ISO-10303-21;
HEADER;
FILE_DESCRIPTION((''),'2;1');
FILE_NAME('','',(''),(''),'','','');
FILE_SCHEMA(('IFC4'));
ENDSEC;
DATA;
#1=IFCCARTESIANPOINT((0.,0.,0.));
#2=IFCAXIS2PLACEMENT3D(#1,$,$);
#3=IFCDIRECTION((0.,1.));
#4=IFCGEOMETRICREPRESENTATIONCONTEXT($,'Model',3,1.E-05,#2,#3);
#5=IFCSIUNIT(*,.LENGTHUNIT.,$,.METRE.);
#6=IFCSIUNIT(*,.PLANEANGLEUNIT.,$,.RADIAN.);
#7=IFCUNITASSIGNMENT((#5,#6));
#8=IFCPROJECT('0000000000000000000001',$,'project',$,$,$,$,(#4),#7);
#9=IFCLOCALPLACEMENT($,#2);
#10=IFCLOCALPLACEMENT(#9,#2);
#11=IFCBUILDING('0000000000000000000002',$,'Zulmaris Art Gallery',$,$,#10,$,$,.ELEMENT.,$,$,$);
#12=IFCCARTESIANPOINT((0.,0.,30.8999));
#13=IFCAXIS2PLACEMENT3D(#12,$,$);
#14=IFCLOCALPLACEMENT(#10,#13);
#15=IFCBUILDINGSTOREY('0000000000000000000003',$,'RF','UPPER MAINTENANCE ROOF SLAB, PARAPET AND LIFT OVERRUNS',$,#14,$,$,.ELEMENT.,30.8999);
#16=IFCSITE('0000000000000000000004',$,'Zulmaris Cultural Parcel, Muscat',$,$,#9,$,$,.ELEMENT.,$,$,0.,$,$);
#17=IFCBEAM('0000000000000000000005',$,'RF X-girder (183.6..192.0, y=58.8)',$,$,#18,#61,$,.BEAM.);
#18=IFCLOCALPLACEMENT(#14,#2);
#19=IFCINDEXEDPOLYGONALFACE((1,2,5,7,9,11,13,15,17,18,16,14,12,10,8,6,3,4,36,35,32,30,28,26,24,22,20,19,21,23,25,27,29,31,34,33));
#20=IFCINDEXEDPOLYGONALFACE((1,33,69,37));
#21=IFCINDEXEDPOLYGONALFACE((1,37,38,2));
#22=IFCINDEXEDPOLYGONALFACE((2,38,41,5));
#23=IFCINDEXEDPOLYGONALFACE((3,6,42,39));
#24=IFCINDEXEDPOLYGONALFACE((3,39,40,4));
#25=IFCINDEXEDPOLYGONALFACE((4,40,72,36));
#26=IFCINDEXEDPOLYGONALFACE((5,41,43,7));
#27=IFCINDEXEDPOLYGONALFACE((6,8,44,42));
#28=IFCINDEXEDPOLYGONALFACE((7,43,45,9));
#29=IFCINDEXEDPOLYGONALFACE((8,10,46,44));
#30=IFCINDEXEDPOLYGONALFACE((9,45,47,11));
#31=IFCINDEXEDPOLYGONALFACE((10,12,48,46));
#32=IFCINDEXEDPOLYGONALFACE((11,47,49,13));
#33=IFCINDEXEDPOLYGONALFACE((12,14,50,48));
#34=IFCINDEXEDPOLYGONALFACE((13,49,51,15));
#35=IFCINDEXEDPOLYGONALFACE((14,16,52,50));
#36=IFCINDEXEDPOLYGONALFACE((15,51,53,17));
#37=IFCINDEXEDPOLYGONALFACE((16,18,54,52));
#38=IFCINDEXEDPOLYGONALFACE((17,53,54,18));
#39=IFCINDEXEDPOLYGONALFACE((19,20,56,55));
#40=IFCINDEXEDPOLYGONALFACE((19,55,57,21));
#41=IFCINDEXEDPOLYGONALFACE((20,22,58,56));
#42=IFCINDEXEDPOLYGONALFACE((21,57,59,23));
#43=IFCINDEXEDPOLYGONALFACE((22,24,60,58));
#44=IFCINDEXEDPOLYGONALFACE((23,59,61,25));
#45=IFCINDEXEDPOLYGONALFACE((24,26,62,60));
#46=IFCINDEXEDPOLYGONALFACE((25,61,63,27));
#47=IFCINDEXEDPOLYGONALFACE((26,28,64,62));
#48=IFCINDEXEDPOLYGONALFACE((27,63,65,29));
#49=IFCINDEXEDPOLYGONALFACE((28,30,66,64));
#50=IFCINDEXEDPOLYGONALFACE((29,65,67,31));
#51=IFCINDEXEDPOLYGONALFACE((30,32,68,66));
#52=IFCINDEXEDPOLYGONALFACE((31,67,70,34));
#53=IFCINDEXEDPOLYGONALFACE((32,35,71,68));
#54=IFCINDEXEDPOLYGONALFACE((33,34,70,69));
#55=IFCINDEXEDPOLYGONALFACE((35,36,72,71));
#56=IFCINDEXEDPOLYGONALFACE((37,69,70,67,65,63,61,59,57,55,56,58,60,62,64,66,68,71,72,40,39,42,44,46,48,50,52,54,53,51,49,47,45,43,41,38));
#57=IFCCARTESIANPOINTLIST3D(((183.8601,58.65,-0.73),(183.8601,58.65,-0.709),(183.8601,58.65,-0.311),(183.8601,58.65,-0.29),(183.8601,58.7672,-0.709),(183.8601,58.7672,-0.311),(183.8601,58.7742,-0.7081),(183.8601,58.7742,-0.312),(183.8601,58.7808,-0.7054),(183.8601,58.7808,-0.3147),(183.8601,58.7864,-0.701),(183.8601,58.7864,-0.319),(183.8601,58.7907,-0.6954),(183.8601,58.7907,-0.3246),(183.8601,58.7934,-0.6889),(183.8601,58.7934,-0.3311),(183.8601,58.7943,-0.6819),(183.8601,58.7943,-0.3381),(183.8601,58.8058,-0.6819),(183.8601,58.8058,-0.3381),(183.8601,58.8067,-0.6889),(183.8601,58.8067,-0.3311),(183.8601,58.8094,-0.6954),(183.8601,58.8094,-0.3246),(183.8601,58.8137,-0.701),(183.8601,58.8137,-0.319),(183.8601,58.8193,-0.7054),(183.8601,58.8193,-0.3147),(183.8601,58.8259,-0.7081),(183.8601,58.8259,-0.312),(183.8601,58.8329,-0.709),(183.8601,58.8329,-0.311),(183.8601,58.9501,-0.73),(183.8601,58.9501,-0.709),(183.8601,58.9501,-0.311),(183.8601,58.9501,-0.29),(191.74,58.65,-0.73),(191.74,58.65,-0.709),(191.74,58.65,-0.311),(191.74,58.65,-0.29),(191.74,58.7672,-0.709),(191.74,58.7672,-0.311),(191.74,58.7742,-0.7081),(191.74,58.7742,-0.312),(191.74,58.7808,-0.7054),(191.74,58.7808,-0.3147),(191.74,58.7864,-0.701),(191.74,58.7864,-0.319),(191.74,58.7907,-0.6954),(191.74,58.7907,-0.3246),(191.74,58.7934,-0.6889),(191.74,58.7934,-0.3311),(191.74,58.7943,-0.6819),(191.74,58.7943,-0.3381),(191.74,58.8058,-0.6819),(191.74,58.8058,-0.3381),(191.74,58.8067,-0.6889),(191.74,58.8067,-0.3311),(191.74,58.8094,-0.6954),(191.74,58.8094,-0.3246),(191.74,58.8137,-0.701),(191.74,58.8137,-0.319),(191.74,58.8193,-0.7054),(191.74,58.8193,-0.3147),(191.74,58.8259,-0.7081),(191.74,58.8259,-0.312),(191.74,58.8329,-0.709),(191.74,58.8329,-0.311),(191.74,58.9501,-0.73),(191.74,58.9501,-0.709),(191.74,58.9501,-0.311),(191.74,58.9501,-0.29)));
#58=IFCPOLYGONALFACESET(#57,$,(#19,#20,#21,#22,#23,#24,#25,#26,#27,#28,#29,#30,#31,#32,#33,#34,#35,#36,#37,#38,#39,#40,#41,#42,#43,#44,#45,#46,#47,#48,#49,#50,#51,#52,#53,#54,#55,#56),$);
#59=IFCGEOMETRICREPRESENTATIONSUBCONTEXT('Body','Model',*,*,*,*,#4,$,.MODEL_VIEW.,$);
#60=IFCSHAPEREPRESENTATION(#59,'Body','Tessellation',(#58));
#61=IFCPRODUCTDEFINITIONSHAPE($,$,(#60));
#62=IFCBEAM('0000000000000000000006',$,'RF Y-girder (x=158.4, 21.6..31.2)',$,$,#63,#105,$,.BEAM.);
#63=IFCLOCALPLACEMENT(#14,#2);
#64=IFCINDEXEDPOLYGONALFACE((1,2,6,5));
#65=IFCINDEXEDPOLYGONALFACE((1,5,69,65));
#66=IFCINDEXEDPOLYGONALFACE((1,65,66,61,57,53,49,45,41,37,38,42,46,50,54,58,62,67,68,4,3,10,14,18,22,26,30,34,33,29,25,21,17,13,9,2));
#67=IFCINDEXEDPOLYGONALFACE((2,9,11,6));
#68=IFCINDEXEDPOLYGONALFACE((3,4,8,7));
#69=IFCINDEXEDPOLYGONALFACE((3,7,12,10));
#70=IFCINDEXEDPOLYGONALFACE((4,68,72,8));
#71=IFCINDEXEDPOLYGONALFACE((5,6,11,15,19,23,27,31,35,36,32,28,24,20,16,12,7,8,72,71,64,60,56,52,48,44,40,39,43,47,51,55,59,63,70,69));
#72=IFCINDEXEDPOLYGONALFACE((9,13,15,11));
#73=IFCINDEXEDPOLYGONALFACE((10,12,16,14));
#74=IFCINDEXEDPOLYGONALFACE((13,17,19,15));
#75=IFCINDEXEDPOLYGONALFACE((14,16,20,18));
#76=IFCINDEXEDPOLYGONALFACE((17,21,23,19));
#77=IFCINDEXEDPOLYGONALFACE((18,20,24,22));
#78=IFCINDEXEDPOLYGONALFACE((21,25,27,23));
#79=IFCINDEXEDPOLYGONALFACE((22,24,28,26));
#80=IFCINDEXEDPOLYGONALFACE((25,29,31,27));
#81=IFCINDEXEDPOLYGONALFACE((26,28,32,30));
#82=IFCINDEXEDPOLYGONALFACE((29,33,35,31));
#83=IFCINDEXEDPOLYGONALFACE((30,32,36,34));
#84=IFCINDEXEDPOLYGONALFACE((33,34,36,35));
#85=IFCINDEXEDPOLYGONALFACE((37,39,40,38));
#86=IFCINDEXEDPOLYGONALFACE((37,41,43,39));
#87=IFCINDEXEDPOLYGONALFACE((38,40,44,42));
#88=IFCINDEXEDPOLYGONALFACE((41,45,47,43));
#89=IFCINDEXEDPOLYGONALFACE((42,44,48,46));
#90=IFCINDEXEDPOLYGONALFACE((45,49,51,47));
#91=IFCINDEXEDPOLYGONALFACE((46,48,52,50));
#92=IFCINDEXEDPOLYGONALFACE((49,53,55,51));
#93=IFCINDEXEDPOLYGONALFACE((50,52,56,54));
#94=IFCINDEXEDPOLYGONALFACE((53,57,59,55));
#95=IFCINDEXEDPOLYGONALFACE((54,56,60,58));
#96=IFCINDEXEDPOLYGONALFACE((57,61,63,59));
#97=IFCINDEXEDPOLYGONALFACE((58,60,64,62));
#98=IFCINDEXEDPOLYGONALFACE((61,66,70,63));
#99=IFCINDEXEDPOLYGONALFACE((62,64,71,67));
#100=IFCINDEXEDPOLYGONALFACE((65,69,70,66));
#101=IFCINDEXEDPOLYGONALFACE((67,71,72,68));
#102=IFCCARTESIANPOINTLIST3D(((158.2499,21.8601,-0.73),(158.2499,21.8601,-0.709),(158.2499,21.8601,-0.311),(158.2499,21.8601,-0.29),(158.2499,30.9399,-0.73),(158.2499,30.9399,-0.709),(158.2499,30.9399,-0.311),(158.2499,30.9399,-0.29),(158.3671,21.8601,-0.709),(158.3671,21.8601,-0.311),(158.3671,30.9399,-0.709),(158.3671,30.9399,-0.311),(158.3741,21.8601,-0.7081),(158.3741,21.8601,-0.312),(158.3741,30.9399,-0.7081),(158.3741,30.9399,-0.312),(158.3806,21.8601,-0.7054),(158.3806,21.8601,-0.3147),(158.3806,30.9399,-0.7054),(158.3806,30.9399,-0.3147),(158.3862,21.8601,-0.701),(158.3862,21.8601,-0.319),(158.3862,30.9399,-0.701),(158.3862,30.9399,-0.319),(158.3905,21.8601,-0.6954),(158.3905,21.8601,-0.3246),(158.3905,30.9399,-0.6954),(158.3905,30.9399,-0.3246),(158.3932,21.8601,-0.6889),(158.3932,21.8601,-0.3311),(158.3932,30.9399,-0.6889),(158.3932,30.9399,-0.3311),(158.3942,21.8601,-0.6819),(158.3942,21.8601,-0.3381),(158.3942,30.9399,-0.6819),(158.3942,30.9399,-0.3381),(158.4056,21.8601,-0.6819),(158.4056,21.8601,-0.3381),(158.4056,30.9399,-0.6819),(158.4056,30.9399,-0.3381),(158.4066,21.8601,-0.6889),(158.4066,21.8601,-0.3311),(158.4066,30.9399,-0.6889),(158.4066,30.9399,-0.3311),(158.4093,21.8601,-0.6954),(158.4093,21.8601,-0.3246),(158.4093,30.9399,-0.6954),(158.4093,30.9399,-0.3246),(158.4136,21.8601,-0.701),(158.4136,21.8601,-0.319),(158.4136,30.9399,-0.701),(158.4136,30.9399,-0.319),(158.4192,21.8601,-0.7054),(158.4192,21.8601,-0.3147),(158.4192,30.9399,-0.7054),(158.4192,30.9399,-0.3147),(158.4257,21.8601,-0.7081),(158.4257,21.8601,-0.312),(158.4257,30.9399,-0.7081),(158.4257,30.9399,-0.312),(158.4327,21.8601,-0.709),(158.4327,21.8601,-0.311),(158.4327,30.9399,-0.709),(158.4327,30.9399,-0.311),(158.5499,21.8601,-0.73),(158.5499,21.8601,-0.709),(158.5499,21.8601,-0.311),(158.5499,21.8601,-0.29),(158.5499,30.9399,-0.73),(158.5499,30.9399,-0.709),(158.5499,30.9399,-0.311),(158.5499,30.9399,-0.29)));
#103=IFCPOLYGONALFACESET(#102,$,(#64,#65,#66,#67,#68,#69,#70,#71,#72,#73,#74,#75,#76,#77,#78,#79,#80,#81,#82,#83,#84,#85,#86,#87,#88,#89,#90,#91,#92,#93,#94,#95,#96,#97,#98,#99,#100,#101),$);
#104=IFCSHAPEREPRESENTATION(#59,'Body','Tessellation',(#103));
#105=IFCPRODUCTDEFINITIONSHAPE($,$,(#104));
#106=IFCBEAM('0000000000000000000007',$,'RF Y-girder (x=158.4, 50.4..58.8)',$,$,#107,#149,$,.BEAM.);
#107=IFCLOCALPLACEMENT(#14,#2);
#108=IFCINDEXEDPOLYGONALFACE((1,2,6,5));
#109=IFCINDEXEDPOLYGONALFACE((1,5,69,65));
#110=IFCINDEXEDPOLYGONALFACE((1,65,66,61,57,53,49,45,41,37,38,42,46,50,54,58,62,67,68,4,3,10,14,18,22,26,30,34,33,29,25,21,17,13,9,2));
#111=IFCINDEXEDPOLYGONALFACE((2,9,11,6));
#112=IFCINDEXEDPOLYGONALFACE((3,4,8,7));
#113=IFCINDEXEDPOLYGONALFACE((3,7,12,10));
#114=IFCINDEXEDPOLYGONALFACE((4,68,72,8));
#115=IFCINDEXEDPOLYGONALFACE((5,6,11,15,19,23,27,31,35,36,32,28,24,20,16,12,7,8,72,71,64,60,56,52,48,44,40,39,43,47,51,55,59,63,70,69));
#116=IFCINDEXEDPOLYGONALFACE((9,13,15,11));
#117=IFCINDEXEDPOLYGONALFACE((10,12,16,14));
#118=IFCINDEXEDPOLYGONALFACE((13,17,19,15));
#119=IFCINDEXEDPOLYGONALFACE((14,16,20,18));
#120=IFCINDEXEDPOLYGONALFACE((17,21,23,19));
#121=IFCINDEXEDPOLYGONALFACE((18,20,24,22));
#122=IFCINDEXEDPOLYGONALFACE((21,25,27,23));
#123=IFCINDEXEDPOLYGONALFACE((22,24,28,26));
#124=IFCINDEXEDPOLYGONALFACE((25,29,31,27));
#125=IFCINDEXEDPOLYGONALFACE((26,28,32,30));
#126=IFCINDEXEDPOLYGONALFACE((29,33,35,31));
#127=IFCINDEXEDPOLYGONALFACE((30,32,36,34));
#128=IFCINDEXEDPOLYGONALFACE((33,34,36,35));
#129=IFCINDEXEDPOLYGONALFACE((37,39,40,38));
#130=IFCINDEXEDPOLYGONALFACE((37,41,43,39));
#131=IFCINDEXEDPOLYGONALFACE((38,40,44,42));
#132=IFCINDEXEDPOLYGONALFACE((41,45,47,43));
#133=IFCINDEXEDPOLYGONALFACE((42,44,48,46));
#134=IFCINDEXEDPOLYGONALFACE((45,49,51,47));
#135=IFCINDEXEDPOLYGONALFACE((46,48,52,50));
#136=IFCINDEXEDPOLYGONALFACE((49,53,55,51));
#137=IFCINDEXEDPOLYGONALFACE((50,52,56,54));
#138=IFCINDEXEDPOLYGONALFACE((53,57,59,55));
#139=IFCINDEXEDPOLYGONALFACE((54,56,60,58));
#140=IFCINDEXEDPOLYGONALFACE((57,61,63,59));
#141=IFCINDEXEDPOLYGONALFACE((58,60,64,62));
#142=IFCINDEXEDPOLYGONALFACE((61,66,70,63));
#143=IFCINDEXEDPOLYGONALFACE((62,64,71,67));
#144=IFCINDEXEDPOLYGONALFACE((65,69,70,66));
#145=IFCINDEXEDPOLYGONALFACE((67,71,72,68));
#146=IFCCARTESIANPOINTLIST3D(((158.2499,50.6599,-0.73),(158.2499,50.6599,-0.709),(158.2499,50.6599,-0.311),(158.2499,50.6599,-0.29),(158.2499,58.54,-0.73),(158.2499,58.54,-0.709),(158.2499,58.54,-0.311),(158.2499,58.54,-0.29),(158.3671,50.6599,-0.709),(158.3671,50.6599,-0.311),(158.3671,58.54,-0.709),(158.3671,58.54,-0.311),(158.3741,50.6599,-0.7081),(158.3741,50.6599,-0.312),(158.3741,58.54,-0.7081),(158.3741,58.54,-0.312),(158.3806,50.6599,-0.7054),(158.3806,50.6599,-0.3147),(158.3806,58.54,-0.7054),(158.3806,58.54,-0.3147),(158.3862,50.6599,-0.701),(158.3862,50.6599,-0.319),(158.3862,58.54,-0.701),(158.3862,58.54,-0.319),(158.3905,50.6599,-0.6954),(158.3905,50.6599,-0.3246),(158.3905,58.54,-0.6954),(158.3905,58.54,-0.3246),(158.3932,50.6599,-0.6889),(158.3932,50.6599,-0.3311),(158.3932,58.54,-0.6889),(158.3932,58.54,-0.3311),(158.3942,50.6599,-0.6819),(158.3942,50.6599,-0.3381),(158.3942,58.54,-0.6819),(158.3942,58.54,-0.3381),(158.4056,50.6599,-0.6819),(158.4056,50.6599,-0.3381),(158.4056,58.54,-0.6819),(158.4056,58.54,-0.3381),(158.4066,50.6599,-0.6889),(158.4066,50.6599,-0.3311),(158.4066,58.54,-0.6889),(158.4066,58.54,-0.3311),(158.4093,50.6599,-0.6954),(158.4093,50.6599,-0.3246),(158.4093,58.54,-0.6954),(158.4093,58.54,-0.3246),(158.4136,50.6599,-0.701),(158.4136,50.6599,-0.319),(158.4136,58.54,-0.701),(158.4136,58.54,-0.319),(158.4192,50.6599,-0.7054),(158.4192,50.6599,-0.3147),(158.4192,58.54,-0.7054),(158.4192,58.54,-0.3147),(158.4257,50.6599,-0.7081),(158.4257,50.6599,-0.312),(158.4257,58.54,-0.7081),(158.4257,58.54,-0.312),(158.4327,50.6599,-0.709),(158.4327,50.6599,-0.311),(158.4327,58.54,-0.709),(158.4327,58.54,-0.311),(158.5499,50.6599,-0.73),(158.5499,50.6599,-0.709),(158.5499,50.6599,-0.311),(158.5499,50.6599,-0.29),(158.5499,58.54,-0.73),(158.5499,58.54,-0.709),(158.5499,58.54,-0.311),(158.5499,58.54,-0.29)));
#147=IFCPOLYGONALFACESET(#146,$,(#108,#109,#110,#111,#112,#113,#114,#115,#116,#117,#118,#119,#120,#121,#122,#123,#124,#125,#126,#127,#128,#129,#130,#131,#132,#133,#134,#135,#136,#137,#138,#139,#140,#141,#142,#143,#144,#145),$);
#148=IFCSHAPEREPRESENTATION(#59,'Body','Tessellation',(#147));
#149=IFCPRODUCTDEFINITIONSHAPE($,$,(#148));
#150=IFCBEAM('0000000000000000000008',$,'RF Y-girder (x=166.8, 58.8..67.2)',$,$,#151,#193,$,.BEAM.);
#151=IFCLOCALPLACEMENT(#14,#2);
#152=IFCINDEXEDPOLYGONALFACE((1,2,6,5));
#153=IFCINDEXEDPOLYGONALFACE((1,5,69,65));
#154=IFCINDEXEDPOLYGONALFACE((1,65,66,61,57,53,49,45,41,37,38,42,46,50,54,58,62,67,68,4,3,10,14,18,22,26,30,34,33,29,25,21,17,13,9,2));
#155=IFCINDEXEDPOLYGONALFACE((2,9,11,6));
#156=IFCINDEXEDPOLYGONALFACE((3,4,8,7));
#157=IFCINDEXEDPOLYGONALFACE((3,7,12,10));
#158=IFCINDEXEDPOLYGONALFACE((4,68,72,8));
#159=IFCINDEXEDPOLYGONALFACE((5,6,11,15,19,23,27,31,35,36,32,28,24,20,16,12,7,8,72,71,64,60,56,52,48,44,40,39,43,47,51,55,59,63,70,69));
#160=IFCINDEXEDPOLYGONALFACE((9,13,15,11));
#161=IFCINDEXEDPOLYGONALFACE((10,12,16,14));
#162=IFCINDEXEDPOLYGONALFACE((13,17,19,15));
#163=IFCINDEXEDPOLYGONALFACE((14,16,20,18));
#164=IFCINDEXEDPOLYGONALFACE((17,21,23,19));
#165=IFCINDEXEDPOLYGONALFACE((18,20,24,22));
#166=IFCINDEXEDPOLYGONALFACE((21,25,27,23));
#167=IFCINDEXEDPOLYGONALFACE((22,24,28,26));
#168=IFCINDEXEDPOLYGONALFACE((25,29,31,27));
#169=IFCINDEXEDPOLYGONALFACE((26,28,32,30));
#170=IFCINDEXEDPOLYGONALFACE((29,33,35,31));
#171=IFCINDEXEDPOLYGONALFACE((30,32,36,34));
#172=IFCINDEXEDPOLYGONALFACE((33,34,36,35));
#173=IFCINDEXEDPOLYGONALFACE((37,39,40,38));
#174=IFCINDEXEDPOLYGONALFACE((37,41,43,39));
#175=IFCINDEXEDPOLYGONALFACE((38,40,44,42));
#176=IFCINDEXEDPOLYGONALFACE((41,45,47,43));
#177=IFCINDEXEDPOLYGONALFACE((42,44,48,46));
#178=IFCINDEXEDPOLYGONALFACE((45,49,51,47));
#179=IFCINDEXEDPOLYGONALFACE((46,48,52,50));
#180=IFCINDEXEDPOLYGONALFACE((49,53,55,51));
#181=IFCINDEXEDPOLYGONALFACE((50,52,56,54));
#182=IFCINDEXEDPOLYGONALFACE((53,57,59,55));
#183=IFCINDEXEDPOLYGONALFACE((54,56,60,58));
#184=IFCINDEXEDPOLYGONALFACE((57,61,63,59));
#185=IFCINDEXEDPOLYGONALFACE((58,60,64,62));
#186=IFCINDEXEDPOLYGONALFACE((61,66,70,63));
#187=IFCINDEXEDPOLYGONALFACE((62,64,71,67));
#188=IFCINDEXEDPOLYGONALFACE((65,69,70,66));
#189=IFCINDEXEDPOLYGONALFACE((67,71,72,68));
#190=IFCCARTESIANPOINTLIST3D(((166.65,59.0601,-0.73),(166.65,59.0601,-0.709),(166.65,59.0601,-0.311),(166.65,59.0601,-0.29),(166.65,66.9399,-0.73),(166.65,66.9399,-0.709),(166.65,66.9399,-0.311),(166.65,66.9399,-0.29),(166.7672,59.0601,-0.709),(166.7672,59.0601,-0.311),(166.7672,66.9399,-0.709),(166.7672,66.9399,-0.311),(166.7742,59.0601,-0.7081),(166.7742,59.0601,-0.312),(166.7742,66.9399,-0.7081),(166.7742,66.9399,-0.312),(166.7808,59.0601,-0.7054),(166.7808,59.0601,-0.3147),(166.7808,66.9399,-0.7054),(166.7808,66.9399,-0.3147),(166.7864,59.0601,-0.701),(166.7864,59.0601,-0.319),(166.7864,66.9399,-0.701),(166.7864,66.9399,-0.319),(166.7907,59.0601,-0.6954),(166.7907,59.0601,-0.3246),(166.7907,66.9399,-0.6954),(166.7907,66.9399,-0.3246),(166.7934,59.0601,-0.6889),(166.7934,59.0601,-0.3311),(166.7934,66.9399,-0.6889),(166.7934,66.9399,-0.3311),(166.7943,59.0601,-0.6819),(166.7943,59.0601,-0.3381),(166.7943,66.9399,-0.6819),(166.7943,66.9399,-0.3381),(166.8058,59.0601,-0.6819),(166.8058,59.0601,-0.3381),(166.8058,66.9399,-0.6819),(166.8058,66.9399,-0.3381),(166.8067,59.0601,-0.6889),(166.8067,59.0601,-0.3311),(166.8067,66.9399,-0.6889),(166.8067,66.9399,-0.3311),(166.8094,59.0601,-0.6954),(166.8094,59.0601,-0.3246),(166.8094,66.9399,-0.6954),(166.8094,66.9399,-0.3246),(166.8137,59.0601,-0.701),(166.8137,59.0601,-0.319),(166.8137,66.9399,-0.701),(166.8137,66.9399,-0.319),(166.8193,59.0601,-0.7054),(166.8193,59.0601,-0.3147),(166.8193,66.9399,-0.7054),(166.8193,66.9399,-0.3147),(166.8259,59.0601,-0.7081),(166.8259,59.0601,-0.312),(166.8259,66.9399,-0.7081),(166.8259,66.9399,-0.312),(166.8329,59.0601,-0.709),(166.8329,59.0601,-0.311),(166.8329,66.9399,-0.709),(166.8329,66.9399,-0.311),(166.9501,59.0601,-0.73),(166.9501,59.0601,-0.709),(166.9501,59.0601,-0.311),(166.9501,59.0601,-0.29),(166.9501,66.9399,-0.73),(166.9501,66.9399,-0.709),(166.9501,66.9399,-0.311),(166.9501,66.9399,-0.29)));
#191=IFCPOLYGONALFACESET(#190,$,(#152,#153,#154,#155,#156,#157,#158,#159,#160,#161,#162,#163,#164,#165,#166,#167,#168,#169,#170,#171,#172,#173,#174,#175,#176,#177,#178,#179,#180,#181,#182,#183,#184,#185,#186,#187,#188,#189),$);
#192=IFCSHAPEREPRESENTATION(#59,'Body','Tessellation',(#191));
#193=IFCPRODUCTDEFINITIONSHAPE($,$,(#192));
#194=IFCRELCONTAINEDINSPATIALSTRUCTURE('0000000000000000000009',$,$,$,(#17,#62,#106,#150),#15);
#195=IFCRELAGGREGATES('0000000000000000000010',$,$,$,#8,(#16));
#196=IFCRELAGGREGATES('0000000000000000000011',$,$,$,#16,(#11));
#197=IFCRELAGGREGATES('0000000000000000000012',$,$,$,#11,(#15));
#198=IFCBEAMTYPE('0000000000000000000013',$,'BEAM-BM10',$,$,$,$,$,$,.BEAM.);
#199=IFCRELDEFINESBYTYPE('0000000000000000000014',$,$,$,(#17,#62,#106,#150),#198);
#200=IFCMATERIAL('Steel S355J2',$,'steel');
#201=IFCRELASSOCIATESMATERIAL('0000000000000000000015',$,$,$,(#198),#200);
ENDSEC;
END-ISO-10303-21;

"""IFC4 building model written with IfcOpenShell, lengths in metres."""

from ifc_helpers import new_model, si_unit, direction, frame, origin, origin_2d, place, context, subcontext, project, spatial, i_section, extrude, material, material_profile, profile_set, type_object, element, save


model = new_model("IFC4")

# Units and contexts
model_context = context("Model", 3, precision=1e-05, world=origin(), true_north=direction((0.0, 1.0)))
body_context = subcontext(model_context, "Body", "Model", "MODEL_VIEW")
ifc_project = project(units=[si_unit("LENGTHUNIT", "METRE"), si_unit("PLANEANGLEUNIT", "RADIAN")], contexts=[model_context])

# Site, building, storey
site_placement = place(None, origin())
site = spatial("IfcSite", under=ifc_project, at=site_placement, Name="Zulmaris Cultural Parcel, Muscat", CompositionType="ELEMENT", RefElevation=0.0)
building_placement = place(site_placement, origin())
building = spatial("IfcBuilding", under=site, at=building_placement, Name="Zulmaris Art Gallery", CompositionType="ELEMENT")
storey_placement = place(building_placement, frame((0.0, 0.0, 30.8999)))
storey = spatial("IfcBuildingStorey", under=building, at=storey_placement, Name="RF", Description="UPPER MAINTENANCE ROOF SLAB, PARAPET AND LIFT OVERRUNS", CompositionType="ELEMENT", Elevation=30.8999)

# Beams
ifc_material_1 = material(Name="Steel S355J2", Category="steel")
ifc_material_profile_1 = material_profile(ifc_material_1, i_section(OverallWidth=0.3, OverallDepth=0.4399, WebThickness=0.0115, FlangeThickness=0.021, FilletRadius=0.0271, at=origin_2d()), Name="HEA 450")
ifc_profile_set_1 = profile_set([ifc_material_profile_1], Name="Steel S355J2")
beam_type_1 = type_object("IfcBeamType", Name="BEAM-BM10", PredefinedType="BEAM", material=ifc_profile_set_1)
beam_1_placement = place(storey_placement, frame((183.8601, 58.8, -0.51), z_axis=(1.0, 0.0, 0.0), x_axis=(0.0, 1.0, 0.0)))
element("IfcBeam", 1, at=beam_1_placement, inside=storey, type_object=beam_type_1, Name="RF X-girder (183.6..192.0, y=58.8)", PredefinedType="BEAM", context=body_context, shape_type="SweptSolid", body=[
    extrude(i_section(OverallWidth=0.3, OverallDepth=0.4399, WebThickness=0.0115, FlangeThickness=0.021, FilletRadius=0.0271, at=origin_2d()), origin(), (0.0, 0.0, 1.0), 7.8799),
])
beam_2_placement = place(storey_placement, frame((158.3999, 21.8601, -0.51), z_axis=(0.0, 1.0, 0.0), x_axis=(-1.0, 0.0, 0.0)))
element("IfcBeam", 2, at=beam_2_placement, inside=storey, type_object=beam_type_1, Name="RF Y-girder (x=158.4, 21.6..31.2)", PredefinedType="BEAM", context=body_context, shape_type="SweptSolid", body=[
    extrude(i_section(OverallWidth=0.3, OverallDepth=0.4399, WebThickness=0.0115, FlangeThickness=0.021, FilletRadius=0.0271, at=origin_2d()), origin(), (0.0, 0.0, 1.0), 9.0798),
])
beam_3_placement = place(storey_placement, frame((158.3999, 50.6599, -0.51), z_axis=(0.0, 1.0, 0.0), x_axis=(-1.0, 0.0, 0.0)))
element("IfcBeam", 3, at=beam_3_placement, inside=storey, type_object=beam_type_1, Name="RF Y-girder (x=158.4, 50.4..58.8)", PredefinedType="BEAM", context=body_context, shape_type="SweptSolid", body=[
    extrude(i_section(OverallWidth=0.3, OverallDepth=0.4399, WebThickness=0.0115, FlangeThickness=0.021, FilletRadius=0.0271, at=origin_2d()), origin(), (0.0, 0.0, 1.0), 7.8801),
])
beam_4_placement = place(storey_placement, frame((166.8, 59.0601, -0.51), z_axis=(0.0, 1.0, 0.0), x_axis=(-1.0, 0.0, 0.0)))
element("IfcBeam", 4, at=beam_4_placement, inside=storey, type_object=beam_type_1, Name="RF Y-girder (x=166.8, 58.8..67.2)", PredefinedType="BEAM", context=body_context, shape_type="SweptSolid", body=[
    extrude(i_section(OverallWidth=0.3, OverallDepth=0.4399, WebThickness=0.0115, FlangeThickness=0.021, FilletRadius=0.0271, at=origin_2d()), origin(), (0.0, 0.0, 1.0), 7.8799),
])

save(model, "model.ifc")
